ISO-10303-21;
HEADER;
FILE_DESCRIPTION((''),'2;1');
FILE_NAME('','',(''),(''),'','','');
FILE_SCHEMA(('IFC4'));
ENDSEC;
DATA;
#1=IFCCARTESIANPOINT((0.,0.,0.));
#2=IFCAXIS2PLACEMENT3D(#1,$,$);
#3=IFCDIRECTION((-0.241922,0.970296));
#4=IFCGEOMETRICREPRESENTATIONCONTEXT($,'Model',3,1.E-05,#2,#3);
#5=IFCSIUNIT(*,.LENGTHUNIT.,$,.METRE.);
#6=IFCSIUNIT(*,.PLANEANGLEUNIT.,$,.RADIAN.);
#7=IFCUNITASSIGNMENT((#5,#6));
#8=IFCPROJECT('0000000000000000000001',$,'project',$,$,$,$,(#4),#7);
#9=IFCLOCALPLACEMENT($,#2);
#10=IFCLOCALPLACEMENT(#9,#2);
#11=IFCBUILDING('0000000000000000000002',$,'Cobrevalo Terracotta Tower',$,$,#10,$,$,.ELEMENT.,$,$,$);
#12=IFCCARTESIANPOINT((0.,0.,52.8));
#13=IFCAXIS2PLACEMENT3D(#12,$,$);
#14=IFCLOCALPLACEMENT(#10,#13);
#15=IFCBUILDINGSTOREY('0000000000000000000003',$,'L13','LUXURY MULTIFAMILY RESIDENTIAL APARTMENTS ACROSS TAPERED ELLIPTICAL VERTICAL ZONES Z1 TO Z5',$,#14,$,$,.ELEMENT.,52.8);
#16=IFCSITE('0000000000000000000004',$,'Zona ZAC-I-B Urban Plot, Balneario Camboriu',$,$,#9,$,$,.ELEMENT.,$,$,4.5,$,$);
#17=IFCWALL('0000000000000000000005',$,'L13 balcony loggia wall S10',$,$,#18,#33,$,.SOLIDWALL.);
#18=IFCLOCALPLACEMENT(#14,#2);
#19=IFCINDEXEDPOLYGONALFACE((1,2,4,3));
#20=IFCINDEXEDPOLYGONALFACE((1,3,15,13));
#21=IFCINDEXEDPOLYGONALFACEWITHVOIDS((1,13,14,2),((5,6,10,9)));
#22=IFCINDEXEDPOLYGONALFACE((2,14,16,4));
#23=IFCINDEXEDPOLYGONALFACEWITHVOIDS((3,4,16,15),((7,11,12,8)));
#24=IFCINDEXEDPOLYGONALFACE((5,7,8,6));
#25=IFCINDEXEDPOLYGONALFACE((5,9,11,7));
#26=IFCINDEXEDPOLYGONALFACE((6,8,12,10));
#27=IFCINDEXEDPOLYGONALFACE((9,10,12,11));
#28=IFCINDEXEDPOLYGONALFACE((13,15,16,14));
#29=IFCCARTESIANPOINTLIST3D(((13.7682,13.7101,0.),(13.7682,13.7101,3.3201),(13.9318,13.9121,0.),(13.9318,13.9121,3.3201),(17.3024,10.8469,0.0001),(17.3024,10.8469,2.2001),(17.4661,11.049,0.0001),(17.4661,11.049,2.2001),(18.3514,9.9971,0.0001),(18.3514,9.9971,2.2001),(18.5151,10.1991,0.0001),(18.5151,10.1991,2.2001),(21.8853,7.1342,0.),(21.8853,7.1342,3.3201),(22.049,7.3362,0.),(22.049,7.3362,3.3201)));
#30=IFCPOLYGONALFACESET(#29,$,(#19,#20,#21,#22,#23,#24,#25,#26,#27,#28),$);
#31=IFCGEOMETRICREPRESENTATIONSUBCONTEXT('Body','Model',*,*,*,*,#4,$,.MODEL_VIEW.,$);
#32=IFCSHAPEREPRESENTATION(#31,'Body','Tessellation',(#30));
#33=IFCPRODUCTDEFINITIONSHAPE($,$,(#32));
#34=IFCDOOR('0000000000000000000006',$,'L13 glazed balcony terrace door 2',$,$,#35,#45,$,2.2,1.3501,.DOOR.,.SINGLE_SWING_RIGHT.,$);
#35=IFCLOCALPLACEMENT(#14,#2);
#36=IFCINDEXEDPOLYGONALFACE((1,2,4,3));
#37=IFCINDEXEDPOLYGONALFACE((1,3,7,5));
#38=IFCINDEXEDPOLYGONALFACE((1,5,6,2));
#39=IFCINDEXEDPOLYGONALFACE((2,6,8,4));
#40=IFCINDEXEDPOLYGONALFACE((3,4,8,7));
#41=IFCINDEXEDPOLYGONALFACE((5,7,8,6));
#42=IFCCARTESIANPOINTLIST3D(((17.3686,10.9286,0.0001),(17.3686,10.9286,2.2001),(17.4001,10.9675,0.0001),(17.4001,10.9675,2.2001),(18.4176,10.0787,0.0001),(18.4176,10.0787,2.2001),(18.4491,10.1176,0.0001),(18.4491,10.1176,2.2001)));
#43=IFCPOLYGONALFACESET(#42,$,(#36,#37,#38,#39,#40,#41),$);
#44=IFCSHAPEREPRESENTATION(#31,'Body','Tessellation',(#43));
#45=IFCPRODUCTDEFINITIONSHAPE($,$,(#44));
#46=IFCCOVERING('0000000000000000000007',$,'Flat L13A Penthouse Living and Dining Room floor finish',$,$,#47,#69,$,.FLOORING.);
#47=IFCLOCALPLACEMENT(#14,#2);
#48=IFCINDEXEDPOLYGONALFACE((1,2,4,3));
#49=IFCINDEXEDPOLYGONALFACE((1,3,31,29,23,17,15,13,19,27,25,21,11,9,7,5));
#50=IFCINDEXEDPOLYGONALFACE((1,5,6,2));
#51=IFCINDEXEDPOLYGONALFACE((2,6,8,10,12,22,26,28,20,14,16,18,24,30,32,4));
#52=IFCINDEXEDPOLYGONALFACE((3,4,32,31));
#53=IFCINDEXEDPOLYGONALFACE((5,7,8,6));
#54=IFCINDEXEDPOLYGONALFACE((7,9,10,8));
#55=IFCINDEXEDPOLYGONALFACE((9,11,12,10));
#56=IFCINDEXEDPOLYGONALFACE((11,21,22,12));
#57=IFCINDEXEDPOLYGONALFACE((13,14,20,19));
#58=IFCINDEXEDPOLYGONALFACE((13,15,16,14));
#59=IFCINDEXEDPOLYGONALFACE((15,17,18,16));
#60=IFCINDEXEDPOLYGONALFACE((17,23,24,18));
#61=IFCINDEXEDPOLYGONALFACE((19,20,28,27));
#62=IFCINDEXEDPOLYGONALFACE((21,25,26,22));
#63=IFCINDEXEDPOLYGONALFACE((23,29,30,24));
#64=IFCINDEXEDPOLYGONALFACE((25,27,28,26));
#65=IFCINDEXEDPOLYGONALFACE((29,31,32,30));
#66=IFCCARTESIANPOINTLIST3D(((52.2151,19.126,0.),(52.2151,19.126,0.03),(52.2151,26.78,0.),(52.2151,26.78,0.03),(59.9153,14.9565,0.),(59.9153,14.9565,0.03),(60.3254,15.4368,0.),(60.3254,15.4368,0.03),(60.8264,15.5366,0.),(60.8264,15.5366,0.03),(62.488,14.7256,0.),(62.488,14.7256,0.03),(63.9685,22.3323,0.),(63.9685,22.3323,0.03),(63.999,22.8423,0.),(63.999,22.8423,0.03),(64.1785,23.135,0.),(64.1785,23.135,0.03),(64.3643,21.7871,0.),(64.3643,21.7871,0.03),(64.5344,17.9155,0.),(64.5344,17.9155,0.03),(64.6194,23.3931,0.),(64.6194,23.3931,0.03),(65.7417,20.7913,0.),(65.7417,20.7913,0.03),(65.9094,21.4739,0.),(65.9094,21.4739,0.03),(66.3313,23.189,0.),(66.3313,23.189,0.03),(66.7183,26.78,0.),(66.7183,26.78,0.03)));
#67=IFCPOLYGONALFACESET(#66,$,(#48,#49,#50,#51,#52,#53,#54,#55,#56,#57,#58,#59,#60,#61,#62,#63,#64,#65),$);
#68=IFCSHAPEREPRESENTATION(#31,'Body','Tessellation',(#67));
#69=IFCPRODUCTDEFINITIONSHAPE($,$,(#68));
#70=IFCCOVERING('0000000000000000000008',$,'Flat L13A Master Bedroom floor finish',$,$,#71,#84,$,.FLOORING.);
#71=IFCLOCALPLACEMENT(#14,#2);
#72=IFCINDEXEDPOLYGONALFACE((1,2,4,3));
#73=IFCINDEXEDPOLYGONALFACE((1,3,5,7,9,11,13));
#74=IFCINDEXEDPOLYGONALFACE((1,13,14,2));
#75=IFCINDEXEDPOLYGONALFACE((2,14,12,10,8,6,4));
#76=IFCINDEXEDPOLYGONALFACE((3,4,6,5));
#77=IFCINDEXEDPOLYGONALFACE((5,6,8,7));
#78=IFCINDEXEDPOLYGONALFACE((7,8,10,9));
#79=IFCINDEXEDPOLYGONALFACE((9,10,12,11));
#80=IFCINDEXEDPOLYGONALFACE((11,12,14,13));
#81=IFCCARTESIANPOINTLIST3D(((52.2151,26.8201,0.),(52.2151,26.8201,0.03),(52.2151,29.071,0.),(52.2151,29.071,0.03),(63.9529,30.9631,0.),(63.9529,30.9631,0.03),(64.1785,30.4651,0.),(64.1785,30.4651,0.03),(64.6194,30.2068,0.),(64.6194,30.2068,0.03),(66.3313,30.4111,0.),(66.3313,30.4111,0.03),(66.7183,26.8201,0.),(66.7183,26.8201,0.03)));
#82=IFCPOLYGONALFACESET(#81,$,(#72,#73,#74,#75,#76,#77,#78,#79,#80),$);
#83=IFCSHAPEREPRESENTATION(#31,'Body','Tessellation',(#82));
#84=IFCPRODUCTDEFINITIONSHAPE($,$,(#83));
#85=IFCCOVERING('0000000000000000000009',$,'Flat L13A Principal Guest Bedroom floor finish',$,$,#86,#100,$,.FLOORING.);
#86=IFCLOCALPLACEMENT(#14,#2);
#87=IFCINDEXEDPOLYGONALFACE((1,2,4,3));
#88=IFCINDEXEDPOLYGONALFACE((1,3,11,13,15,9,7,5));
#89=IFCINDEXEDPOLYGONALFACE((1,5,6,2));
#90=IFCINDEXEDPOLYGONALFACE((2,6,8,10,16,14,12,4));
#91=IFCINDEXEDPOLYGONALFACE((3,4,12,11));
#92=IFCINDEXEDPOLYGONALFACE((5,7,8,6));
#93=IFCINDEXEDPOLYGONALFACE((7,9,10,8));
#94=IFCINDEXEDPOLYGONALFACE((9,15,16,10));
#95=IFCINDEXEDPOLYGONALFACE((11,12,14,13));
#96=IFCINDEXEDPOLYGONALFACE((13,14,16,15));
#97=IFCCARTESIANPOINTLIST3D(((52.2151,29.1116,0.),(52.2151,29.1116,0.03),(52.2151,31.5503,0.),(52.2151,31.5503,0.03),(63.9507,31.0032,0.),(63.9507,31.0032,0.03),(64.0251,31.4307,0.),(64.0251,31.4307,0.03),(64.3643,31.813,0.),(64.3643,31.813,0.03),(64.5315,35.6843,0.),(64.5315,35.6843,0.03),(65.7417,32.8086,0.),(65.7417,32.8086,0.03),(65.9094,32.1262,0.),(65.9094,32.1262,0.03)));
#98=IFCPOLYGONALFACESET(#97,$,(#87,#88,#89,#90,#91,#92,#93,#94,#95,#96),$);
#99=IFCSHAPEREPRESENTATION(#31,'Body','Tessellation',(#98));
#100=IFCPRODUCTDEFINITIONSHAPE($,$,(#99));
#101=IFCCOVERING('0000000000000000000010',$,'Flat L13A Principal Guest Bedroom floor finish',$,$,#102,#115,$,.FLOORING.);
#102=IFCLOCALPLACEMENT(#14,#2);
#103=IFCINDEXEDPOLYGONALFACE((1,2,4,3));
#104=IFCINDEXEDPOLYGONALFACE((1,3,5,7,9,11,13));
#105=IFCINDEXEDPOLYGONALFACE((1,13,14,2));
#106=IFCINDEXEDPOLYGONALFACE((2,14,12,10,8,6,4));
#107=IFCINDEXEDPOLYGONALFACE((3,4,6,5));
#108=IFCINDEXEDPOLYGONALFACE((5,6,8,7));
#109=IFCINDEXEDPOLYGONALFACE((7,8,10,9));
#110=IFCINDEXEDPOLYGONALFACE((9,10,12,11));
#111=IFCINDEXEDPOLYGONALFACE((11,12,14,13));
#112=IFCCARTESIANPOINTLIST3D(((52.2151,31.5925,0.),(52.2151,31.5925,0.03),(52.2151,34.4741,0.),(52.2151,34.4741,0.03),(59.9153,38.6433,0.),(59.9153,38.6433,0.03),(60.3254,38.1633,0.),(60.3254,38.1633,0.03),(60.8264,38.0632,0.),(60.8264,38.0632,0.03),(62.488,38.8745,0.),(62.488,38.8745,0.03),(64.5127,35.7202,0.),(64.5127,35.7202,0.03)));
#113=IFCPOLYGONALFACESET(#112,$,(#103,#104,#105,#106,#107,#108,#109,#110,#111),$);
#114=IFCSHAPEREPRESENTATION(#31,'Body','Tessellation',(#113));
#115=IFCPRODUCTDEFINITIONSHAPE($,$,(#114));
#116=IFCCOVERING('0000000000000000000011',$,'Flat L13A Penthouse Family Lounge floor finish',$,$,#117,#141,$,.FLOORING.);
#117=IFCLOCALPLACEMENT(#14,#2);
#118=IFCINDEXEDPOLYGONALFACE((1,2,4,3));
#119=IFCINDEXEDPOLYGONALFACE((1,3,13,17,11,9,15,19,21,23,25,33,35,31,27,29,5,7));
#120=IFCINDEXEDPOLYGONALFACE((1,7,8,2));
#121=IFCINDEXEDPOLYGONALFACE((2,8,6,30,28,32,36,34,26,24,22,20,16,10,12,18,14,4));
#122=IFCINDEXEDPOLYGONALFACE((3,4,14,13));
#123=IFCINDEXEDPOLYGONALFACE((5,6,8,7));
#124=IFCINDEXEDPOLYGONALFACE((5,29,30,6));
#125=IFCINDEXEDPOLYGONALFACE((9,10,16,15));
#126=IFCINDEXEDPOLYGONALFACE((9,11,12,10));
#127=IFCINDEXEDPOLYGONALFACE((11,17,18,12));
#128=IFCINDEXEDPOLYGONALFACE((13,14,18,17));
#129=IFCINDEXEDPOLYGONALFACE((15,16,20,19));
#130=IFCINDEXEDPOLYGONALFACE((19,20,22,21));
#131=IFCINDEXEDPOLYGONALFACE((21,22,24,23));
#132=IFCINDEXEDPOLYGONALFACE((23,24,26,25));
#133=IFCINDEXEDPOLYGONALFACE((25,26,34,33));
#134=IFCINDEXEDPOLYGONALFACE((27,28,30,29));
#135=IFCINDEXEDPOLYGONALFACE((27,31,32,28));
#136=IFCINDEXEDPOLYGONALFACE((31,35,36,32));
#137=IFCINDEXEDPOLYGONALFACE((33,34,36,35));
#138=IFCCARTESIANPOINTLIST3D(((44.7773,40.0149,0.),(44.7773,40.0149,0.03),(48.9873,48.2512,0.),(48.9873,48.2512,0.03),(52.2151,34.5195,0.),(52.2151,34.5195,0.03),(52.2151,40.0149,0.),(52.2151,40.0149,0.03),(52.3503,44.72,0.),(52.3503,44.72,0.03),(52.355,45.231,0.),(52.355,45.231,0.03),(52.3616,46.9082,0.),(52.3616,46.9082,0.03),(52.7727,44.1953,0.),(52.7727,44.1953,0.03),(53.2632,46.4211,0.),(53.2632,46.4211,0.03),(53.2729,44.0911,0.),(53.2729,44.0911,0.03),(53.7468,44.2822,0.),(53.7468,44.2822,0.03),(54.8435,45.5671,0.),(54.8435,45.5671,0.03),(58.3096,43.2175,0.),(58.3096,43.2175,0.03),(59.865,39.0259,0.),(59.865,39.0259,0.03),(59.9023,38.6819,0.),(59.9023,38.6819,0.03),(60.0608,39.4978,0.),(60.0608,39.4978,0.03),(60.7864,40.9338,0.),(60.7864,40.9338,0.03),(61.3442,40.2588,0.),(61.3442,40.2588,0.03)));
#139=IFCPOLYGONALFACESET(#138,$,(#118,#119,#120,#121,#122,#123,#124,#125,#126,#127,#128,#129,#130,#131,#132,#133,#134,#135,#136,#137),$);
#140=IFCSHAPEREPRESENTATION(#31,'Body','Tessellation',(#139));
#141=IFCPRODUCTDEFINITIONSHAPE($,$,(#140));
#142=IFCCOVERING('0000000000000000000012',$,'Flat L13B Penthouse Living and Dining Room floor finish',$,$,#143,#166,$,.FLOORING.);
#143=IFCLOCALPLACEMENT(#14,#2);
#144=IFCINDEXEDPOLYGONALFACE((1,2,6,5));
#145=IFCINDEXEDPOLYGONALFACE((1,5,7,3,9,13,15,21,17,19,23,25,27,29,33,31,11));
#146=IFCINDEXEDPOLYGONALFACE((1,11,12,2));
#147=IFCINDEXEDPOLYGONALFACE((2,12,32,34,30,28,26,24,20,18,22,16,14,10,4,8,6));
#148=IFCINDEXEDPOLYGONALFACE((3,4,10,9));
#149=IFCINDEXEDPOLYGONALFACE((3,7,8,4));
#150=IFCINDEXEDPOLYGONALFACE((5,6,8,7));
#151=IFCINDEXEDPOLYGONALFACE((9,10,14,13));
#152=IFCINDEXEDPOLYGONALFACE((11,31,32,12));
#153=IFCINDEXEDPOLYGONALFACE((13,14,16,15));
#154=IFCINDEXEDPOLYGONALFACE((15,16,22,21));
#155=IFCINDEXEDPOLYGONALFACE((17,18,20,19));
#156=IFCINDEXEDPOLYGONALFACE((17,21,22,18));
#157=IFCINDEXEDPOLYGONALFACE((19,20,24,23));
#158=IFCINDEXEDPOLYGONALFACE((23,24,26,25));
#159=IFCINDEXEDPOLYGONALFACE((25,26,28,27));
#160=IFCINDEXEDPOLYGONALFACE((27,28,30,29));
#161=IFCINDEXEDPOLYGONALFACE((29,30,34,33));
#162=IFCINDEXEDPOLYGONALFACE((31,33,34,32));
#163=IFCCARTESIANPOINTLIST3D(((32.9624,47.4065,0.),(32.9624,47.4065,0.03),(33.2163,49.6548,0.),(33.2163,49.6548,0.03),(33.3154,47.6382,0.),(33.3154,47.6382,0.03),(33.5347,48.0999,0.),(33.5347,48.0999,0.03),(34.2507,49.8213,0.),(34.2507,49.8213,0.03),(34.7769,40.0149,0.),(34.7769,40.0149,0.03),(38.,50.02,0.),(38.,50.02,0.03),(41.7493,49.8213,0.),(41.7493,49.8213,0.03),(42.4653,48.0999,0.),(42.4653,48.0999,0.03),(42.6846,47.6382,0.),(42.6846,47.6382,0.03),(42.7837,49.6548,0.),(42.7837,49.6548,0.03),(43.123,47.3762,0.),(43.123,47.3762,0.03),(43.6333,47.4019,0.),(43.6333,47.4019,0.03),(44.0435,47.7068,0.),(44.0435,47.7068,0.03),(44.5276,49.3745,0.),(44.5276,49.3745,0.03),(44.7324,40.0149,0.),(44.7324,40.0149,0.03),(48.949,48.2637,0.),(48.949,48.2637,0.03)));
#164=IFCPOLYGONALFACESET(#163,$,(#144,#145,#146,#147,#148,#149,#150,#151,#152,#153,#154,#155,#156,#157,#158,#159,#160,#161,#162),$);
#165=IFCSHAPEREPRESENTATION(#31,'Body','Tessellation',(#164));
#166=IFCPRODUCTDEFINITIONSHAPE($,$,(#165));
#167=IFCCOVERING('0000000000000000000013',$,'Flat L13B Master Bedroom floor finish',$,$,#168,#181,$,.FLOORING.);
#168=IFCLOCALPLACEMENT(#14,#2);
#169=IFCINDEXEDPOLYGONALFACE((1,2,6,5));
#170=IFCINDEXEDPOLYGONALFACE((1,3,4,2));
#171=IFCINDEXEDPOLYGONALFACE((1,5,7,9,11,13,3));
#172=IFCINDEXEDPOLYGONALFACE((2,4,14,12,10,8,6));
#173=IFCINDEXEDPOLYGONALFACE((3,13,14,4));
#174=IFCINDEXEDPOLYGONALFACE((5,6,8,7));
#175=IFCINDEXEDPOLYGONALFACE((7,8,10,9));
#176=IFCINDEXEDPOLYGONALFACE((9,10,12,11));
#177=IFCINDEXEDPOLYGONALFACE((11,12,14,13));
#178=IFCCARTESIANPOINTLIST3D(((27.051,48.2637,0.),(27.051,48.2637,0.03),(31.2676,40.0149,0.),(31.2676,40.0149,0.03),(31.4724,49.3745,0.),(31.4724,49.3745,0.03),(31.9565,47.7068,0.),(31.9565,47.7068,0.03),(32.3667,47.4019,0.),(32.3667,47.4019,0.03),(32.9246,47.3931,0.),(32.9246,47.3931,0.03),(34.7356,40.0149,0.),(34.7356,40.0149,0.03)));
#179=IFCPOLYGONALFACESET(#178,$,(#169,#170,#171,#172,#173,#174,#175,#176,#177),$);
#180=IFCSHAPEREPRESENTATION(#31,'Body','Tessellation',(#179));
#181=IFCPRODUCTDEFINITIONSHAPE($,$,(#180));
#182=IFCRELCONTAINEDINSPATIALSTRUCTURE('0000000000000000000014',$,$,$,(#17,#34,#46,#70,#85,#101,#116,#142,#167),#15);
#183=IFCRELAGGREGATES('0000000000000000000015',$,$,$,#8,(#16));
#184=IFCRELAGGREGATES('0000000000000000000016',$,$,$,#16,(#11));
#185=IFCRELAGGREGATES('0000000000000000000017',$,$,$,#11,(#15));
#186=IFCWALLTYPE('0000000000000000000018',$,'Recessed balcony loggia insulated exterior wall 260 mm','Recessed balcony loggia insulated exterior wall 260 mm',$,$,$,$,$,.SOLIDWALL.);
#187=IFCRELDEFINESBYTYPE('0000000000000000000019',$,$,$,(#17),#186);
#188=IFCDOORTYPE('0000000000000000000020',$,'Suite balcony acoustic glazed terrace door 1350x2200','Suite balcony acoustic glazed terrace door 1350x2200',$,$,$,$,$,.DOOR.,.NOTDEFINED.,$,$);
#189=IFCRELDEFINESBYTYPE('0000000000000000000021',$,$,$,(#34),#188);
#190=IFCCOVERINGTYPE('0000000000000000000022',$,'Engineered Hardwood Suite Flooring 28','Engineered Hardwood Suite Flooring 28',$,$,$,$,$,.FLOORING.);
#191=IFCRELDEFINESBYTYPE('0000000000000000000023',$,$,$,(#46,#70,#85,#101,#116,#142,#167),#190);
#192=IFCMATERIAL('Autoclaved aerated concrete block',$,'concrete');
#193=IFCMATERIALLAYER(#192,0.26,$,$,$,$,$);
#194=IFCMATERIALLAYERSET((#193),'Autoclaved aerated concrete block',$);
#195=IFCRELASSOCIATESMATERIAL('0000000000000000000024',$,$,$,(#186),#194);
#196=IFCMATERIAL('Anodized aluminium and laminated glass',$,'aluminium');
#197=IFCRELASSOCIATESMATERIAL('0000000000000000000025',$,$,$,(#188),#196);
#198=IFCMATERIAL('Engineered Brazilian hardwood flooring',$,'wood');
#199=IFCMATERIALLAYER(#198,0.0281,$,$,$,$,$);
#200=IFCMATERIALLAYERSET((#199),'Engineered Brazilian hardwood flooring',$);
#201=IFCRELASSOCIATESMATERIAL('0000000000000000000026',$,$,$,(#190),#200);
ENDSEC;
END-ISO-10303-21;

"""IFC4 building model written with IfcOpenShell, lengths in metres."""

from ifc_helpers import new_model, si_unit, direction, frame, frame_2d, origin, place, context, subcontext, project, spatial, polyline, rectangle, outline, extrude, source, transform, mapped, material, layer, layer_set, type_object, element, fill, save


model = new_model("IFC4")

# Units and contexts
model_context = context("Model", 3, precision=1e-05, world=origin(), true_north=direction((-0.241922, 0.970296)))
body_context = subcontext(model_context, "Body", "Model", "MODEL_VIEW")
ifc_project = project(units=[si_unit("LENGTHUNIT", "METRE"), si_unit("PLANEANGLEUNIT", "RADIAN")], contexts=[model_context])

# Site, building, storey
site_placement = place(None, origin())
site = spatial("IfcSite", under=ifc_project, at=site_placement, Name="Zona ZAC-I-B Urban Plot, Balneario Camboriu", CompositionType="ELEMENT", RefElevation=4.5)
building_placement = place(site_placement, origin())
building = spatial("IfcBuilding", under=site, at=building_placement, Name="Cobrevalo Terracotta Tower", CompositionType="ELEMENT")
storey_placement = place(building_placement, frame((0.0, 0.0, 52.8)))
storey = spatial("IfcBuildingStorey", under=building, at=storey_placement, Name="L13", Description="LUXURY MULTIFAMILY RESIDENTIAL APARTMENTS ACROSS TAPERED ELLIPTICAL VERTICAL ZONES Z1 TO Z5", CompositionType="ELEMENT", Elevation=52.8)

# Wall, opening, door
ifc_material_1 = material(Name="Autoclaved aerated concrete block", Category="concrete")
ifc_layer_1 = layer(ifc_material_1, 0.26)
ifc_layer_set_1 = layer_set([ifc_layer_1], Name="Autoclaved aerated concrete block")
wall_type = type_object("IfcWallType", Name="Recessed balcony loggia insulated exterior wall 260 mm", Description="Recessed balcony loggia insulated exterior wall 260 mm", PredefinedType="SOLIDWALL", material=ifc_layer_set_1)
wall_placement = place(storey_placement, frame((13.8501, 13.811, 0.0), z_axis=(0.0, 0.0, 1.0), x_axis=(0.777017, -0.62948, 0.0)))
wall = element("IfcWall", 1, at=wall_placement, inside=storey, type_object=wall_type, Name="L13 balcony loggia wall S10", PredefinedType="SOLIDWALL", context=body_context, shape_type="SweptSolid", body=[
    extrude(rectangle(XDim=10.4465, YDim=0.26, at=frame_2d((5.2231, 0.0))), origin(), (0.0, 0.0, 1.0), 3.3201),
])
opening_placement = place(wall_placement, frame((4.5483, 0.0, 0.0)))
opening = element("IfcOpeningElement", 2, at=opening_placement, cuts=wall, PredefinedType="OPENING", context=body_context, shape_type="SweptSolid", body=[
    extrude(rectangle(XDim=1.3501, YDim=2.2, at=frame_2d((0.675, 1.1001))), frame((0.0, 0.1401, 0.0), z_axis=(0.0, -1.0, 0.0), x_axis=(1.0, 0.0, 0.0)), (0.0, 0.0, 1.0), 0.28),
])
ifc_material_2 = material(Name="Anodized aluminium and laminated glass", Category="aluminium")
door_type = type_object("IfcDoorType", Name="Suite balcony acoustic glazed terrace door 1350x2200", Description="Suite balcony acoustic glazed terrace door 1350x2200", OperationType="NOTDEFINED", PredefinedType="DOOR", material=ifc_material_2)
shared_shape_1 = source(origin(), body_context, "Body", "SweptSolid", [
    extrude(rectangle(XDim=1.3501, YDim=2.2, at=frame_2d((0.675, 1.1001))), frame((0.0, 0.0249, 0.0), z_axis=(0.0, -1.0, 0.0), x_axis=(1.0, 0.0, 0.0)), (0.0, 0.0, 1.0), 0.05),
])
door_placement = place(opening_placement, frame((1.3501, 0.0, 0.0), z_axis=(0.0, 0.0, 1.0), x_axis=(-1.0, 0.0, 0.0)))
door = element("IfcDoor", 3, at=door_placement, inside=storey, type_object=door_type, Name="L13 glazed balcony terrace door 2", OperationType="SINGLE_SWING_RIGHT", OverallHeight=2.2, OverallWidth=1.3501, PredefinedType="DOOR", context=body_context, shape_type="MappedRepresentation", body=[
    mapped(shared_shape_1, transform((0.0, 0.0, 0.0), scale=1.0)),
])
fill(opening, door)

# Coverings
ifc_material_3 = material(Name="Engineered Brazilian hardwood flooring", Category="wood")
ifc_layer_2 = layer(ifc_material_3, 0.0281)
ifc_layer_set_2 = layer_set([ifc_layer_2], Name="Engineered Brazilian hardwood flooring")
covering_type_1 = type_object("IfcCoveringType", Name="Engineered Hardwood Suite Flooring 28", Description="Engineered Hardwood Suite Flooring 28", PredefinedType="FLOORING", material=ifc_layer_set_2)
covering_1_placement = place(storey_placement, origin())
element("IfcCovering", 4, at=covering_1_placement, inside=storey, type_object=covering_type_1, Name="Flat L13A Penthouse Living and Dining Room floor finish", PredefinedType="FLOORING", context=body_context, shape_type="SweptSolid", body=[
    extrude(outline(polyline([(62.488, 14.7256), (60.8264, 15.5366), (60.3254, 15.4368), (59.9153, 14.9565), (52.2151, 19.126), (52.2151, 26.78), (66.7183, 26.78), (66.3313, 23.189), (64.6194, 23.3931), (64.1785, 23.135), (63.999, 22.8423), (63.9685, 22.3323), (64.3643, 21.7871), (65.9094, 21.4739), (65.7417, 20.7913), (64.5344, 17.9155), (62.488, 14.7256)])), origin(), (0.0, 0.0, 1.0), 0.03),
])
covering_2_placement = place(storey_placement, origin())
element("IfcCovering", 5, at=covering_2_placement, inside=storey, type_object=covering_type_1, Name="Flat L13A Master Bedroom floor finish", PredefinedType="FLOORING", context=body_context, shape_type="SweptSolid", body=[
    extrude(outline(polyline([(63.9529, 30.9631), (64.1785, 30.4651), (64.6194, 30.2068), (66.3313, 30.4111), (66.7183, 26.8201), (52.2151, 26.8201), (52.2151, 29.071), (63.9529, 30.9631)])), origin(), (0.0, 0.0, 1.0), 0.03),
])
covering_3_placement = place(storey_placement, origin())
element("IfcCovering", 6, at=covering_3_placement, inside=storey, type_object=covering_type_1, Name="Flat L13A Principal Guest Bedroom floor finish", PredefinedType="FLOORING", context=body_context, shape_type="SweptSolid", body=[
    extrude(outline(polyline([(64.5315, 35.6843), (65.7417, 32.8086), (65.9094, 32.1262), (64.3643, 31.813), (64.0251, 31.4307), (63.9507, 31.0032), (52.2151, 29.1116), (52.2151, 31.5503), (64.5315, 35.6843)])), origin(), (0.0, 0.0, 1.0), 0.03),
])
covering_4_placement = place(storey_placement, origin())
element("IfcCovering", 7, at=covering_4_placement, inside=storey, type_object=covering_type_1, Name="Flat L13A Principal Guest Bedroom floor finish", PredefinedType="FLOORING", context=body_context, shape_type="SweptSolid", body=[
    extrude(outline(polyline([(59.9153, 38.6433), (60.3254, 38.1633), (60.8264, 38.0632), (62.488, 38.8745), (64.5127, 35.7202), (52.2151, 31.5925), (52.2151, 34.4741), (59.9153, 38.6433)])), origin(), (0.0, 0.0, 1.0), 0.03),
])
covering_5_placement = place(storey_placement, origin())
element("IfcCovering", 8, at=covering_5_placement, inside=storey, type_object=covering_type_1, Name="Flat L13A Penthouse Family Lounge floor finish", PredefinedType="FLOORING", context=body_context, shape_type="SweptSolid", body=[
    extrude(outline(polyline([(44.7773, 40.0149), (48.9873, 48.2512), (52.3616, 46.9082), (53.2632, 46.4211), (52.355, 45.231), (52.3503, 44.72), (52.7727, 44.1953), (53.2729, 44.0911), (53.7468, 44.2822), (54.8435, 45.5671), (58.3096, 43.2175), (60.7864, 40.9338), (61.3442, 40.2588), (60.0608, 39.4978), (59.865, 39.0259), (59.9023, 38.6819), (52.2151, 34.5195), (52.2151, 40.0149), (44.7773, 40.0149)])), origin(), (0.0, 0.0, 1.0), 0.03),
])
covering_6_placement = place(storey_placement, origin())
element("IfcCovering", 9, at=covering_6_placement, inside=storey, type_object=covering_type_1, Name="Flat L13B Penthouse Living and Dining Room floor finish", PredefinedType="FLOORING", context=body_context, shape_type="SweptSolid", body=[
    extrude(outline(polyline([(38.0, 50.02), (41.7493, 49.8213), (42.7837, 49.6548), (42.4653, 48.0999), (42.6846, 47.6382), (43.123, 47.3762), (43.6333, 47.4019), (44.0435, 47.7068), (44.5276, 49.3745), (48.949, 48.2637), (44.7324, 40.0149), (34.7769, 40.0149), (32.9624, 47.4065), (33.3154, 47.6382), (33.5347, 48.0999), (33.2163, 49.6548), (34.2507, 49.8213), (38.0, 50.02)])), origin(), (0.0, 0.0, 1.0), 0.03),
])
covering_7_placement = place(storey_placement, origin())
element("IfcCovering", 10, at=covering_7_placement, inside=storey, type_object=covering_type_1, Name="Flat L13B Master Bedroom floor finish", PredefinedType="FLOORING", context=body_context, shape_type="SweptSolid", body=[
    extrude(outline(polyline([(31.4724, 49.3745), (31.9565, 47.7068), (32.3667, 47.4019), (32.9246, 47.3931), (34.7356, 40.0149), (31.2676, 40.0149), (27.051, 48.2637), (31.4724, 49.3745)])), origin(), (0.0, 0.0, 1.0), 0.03),
])

save(model, "model.ifc")
